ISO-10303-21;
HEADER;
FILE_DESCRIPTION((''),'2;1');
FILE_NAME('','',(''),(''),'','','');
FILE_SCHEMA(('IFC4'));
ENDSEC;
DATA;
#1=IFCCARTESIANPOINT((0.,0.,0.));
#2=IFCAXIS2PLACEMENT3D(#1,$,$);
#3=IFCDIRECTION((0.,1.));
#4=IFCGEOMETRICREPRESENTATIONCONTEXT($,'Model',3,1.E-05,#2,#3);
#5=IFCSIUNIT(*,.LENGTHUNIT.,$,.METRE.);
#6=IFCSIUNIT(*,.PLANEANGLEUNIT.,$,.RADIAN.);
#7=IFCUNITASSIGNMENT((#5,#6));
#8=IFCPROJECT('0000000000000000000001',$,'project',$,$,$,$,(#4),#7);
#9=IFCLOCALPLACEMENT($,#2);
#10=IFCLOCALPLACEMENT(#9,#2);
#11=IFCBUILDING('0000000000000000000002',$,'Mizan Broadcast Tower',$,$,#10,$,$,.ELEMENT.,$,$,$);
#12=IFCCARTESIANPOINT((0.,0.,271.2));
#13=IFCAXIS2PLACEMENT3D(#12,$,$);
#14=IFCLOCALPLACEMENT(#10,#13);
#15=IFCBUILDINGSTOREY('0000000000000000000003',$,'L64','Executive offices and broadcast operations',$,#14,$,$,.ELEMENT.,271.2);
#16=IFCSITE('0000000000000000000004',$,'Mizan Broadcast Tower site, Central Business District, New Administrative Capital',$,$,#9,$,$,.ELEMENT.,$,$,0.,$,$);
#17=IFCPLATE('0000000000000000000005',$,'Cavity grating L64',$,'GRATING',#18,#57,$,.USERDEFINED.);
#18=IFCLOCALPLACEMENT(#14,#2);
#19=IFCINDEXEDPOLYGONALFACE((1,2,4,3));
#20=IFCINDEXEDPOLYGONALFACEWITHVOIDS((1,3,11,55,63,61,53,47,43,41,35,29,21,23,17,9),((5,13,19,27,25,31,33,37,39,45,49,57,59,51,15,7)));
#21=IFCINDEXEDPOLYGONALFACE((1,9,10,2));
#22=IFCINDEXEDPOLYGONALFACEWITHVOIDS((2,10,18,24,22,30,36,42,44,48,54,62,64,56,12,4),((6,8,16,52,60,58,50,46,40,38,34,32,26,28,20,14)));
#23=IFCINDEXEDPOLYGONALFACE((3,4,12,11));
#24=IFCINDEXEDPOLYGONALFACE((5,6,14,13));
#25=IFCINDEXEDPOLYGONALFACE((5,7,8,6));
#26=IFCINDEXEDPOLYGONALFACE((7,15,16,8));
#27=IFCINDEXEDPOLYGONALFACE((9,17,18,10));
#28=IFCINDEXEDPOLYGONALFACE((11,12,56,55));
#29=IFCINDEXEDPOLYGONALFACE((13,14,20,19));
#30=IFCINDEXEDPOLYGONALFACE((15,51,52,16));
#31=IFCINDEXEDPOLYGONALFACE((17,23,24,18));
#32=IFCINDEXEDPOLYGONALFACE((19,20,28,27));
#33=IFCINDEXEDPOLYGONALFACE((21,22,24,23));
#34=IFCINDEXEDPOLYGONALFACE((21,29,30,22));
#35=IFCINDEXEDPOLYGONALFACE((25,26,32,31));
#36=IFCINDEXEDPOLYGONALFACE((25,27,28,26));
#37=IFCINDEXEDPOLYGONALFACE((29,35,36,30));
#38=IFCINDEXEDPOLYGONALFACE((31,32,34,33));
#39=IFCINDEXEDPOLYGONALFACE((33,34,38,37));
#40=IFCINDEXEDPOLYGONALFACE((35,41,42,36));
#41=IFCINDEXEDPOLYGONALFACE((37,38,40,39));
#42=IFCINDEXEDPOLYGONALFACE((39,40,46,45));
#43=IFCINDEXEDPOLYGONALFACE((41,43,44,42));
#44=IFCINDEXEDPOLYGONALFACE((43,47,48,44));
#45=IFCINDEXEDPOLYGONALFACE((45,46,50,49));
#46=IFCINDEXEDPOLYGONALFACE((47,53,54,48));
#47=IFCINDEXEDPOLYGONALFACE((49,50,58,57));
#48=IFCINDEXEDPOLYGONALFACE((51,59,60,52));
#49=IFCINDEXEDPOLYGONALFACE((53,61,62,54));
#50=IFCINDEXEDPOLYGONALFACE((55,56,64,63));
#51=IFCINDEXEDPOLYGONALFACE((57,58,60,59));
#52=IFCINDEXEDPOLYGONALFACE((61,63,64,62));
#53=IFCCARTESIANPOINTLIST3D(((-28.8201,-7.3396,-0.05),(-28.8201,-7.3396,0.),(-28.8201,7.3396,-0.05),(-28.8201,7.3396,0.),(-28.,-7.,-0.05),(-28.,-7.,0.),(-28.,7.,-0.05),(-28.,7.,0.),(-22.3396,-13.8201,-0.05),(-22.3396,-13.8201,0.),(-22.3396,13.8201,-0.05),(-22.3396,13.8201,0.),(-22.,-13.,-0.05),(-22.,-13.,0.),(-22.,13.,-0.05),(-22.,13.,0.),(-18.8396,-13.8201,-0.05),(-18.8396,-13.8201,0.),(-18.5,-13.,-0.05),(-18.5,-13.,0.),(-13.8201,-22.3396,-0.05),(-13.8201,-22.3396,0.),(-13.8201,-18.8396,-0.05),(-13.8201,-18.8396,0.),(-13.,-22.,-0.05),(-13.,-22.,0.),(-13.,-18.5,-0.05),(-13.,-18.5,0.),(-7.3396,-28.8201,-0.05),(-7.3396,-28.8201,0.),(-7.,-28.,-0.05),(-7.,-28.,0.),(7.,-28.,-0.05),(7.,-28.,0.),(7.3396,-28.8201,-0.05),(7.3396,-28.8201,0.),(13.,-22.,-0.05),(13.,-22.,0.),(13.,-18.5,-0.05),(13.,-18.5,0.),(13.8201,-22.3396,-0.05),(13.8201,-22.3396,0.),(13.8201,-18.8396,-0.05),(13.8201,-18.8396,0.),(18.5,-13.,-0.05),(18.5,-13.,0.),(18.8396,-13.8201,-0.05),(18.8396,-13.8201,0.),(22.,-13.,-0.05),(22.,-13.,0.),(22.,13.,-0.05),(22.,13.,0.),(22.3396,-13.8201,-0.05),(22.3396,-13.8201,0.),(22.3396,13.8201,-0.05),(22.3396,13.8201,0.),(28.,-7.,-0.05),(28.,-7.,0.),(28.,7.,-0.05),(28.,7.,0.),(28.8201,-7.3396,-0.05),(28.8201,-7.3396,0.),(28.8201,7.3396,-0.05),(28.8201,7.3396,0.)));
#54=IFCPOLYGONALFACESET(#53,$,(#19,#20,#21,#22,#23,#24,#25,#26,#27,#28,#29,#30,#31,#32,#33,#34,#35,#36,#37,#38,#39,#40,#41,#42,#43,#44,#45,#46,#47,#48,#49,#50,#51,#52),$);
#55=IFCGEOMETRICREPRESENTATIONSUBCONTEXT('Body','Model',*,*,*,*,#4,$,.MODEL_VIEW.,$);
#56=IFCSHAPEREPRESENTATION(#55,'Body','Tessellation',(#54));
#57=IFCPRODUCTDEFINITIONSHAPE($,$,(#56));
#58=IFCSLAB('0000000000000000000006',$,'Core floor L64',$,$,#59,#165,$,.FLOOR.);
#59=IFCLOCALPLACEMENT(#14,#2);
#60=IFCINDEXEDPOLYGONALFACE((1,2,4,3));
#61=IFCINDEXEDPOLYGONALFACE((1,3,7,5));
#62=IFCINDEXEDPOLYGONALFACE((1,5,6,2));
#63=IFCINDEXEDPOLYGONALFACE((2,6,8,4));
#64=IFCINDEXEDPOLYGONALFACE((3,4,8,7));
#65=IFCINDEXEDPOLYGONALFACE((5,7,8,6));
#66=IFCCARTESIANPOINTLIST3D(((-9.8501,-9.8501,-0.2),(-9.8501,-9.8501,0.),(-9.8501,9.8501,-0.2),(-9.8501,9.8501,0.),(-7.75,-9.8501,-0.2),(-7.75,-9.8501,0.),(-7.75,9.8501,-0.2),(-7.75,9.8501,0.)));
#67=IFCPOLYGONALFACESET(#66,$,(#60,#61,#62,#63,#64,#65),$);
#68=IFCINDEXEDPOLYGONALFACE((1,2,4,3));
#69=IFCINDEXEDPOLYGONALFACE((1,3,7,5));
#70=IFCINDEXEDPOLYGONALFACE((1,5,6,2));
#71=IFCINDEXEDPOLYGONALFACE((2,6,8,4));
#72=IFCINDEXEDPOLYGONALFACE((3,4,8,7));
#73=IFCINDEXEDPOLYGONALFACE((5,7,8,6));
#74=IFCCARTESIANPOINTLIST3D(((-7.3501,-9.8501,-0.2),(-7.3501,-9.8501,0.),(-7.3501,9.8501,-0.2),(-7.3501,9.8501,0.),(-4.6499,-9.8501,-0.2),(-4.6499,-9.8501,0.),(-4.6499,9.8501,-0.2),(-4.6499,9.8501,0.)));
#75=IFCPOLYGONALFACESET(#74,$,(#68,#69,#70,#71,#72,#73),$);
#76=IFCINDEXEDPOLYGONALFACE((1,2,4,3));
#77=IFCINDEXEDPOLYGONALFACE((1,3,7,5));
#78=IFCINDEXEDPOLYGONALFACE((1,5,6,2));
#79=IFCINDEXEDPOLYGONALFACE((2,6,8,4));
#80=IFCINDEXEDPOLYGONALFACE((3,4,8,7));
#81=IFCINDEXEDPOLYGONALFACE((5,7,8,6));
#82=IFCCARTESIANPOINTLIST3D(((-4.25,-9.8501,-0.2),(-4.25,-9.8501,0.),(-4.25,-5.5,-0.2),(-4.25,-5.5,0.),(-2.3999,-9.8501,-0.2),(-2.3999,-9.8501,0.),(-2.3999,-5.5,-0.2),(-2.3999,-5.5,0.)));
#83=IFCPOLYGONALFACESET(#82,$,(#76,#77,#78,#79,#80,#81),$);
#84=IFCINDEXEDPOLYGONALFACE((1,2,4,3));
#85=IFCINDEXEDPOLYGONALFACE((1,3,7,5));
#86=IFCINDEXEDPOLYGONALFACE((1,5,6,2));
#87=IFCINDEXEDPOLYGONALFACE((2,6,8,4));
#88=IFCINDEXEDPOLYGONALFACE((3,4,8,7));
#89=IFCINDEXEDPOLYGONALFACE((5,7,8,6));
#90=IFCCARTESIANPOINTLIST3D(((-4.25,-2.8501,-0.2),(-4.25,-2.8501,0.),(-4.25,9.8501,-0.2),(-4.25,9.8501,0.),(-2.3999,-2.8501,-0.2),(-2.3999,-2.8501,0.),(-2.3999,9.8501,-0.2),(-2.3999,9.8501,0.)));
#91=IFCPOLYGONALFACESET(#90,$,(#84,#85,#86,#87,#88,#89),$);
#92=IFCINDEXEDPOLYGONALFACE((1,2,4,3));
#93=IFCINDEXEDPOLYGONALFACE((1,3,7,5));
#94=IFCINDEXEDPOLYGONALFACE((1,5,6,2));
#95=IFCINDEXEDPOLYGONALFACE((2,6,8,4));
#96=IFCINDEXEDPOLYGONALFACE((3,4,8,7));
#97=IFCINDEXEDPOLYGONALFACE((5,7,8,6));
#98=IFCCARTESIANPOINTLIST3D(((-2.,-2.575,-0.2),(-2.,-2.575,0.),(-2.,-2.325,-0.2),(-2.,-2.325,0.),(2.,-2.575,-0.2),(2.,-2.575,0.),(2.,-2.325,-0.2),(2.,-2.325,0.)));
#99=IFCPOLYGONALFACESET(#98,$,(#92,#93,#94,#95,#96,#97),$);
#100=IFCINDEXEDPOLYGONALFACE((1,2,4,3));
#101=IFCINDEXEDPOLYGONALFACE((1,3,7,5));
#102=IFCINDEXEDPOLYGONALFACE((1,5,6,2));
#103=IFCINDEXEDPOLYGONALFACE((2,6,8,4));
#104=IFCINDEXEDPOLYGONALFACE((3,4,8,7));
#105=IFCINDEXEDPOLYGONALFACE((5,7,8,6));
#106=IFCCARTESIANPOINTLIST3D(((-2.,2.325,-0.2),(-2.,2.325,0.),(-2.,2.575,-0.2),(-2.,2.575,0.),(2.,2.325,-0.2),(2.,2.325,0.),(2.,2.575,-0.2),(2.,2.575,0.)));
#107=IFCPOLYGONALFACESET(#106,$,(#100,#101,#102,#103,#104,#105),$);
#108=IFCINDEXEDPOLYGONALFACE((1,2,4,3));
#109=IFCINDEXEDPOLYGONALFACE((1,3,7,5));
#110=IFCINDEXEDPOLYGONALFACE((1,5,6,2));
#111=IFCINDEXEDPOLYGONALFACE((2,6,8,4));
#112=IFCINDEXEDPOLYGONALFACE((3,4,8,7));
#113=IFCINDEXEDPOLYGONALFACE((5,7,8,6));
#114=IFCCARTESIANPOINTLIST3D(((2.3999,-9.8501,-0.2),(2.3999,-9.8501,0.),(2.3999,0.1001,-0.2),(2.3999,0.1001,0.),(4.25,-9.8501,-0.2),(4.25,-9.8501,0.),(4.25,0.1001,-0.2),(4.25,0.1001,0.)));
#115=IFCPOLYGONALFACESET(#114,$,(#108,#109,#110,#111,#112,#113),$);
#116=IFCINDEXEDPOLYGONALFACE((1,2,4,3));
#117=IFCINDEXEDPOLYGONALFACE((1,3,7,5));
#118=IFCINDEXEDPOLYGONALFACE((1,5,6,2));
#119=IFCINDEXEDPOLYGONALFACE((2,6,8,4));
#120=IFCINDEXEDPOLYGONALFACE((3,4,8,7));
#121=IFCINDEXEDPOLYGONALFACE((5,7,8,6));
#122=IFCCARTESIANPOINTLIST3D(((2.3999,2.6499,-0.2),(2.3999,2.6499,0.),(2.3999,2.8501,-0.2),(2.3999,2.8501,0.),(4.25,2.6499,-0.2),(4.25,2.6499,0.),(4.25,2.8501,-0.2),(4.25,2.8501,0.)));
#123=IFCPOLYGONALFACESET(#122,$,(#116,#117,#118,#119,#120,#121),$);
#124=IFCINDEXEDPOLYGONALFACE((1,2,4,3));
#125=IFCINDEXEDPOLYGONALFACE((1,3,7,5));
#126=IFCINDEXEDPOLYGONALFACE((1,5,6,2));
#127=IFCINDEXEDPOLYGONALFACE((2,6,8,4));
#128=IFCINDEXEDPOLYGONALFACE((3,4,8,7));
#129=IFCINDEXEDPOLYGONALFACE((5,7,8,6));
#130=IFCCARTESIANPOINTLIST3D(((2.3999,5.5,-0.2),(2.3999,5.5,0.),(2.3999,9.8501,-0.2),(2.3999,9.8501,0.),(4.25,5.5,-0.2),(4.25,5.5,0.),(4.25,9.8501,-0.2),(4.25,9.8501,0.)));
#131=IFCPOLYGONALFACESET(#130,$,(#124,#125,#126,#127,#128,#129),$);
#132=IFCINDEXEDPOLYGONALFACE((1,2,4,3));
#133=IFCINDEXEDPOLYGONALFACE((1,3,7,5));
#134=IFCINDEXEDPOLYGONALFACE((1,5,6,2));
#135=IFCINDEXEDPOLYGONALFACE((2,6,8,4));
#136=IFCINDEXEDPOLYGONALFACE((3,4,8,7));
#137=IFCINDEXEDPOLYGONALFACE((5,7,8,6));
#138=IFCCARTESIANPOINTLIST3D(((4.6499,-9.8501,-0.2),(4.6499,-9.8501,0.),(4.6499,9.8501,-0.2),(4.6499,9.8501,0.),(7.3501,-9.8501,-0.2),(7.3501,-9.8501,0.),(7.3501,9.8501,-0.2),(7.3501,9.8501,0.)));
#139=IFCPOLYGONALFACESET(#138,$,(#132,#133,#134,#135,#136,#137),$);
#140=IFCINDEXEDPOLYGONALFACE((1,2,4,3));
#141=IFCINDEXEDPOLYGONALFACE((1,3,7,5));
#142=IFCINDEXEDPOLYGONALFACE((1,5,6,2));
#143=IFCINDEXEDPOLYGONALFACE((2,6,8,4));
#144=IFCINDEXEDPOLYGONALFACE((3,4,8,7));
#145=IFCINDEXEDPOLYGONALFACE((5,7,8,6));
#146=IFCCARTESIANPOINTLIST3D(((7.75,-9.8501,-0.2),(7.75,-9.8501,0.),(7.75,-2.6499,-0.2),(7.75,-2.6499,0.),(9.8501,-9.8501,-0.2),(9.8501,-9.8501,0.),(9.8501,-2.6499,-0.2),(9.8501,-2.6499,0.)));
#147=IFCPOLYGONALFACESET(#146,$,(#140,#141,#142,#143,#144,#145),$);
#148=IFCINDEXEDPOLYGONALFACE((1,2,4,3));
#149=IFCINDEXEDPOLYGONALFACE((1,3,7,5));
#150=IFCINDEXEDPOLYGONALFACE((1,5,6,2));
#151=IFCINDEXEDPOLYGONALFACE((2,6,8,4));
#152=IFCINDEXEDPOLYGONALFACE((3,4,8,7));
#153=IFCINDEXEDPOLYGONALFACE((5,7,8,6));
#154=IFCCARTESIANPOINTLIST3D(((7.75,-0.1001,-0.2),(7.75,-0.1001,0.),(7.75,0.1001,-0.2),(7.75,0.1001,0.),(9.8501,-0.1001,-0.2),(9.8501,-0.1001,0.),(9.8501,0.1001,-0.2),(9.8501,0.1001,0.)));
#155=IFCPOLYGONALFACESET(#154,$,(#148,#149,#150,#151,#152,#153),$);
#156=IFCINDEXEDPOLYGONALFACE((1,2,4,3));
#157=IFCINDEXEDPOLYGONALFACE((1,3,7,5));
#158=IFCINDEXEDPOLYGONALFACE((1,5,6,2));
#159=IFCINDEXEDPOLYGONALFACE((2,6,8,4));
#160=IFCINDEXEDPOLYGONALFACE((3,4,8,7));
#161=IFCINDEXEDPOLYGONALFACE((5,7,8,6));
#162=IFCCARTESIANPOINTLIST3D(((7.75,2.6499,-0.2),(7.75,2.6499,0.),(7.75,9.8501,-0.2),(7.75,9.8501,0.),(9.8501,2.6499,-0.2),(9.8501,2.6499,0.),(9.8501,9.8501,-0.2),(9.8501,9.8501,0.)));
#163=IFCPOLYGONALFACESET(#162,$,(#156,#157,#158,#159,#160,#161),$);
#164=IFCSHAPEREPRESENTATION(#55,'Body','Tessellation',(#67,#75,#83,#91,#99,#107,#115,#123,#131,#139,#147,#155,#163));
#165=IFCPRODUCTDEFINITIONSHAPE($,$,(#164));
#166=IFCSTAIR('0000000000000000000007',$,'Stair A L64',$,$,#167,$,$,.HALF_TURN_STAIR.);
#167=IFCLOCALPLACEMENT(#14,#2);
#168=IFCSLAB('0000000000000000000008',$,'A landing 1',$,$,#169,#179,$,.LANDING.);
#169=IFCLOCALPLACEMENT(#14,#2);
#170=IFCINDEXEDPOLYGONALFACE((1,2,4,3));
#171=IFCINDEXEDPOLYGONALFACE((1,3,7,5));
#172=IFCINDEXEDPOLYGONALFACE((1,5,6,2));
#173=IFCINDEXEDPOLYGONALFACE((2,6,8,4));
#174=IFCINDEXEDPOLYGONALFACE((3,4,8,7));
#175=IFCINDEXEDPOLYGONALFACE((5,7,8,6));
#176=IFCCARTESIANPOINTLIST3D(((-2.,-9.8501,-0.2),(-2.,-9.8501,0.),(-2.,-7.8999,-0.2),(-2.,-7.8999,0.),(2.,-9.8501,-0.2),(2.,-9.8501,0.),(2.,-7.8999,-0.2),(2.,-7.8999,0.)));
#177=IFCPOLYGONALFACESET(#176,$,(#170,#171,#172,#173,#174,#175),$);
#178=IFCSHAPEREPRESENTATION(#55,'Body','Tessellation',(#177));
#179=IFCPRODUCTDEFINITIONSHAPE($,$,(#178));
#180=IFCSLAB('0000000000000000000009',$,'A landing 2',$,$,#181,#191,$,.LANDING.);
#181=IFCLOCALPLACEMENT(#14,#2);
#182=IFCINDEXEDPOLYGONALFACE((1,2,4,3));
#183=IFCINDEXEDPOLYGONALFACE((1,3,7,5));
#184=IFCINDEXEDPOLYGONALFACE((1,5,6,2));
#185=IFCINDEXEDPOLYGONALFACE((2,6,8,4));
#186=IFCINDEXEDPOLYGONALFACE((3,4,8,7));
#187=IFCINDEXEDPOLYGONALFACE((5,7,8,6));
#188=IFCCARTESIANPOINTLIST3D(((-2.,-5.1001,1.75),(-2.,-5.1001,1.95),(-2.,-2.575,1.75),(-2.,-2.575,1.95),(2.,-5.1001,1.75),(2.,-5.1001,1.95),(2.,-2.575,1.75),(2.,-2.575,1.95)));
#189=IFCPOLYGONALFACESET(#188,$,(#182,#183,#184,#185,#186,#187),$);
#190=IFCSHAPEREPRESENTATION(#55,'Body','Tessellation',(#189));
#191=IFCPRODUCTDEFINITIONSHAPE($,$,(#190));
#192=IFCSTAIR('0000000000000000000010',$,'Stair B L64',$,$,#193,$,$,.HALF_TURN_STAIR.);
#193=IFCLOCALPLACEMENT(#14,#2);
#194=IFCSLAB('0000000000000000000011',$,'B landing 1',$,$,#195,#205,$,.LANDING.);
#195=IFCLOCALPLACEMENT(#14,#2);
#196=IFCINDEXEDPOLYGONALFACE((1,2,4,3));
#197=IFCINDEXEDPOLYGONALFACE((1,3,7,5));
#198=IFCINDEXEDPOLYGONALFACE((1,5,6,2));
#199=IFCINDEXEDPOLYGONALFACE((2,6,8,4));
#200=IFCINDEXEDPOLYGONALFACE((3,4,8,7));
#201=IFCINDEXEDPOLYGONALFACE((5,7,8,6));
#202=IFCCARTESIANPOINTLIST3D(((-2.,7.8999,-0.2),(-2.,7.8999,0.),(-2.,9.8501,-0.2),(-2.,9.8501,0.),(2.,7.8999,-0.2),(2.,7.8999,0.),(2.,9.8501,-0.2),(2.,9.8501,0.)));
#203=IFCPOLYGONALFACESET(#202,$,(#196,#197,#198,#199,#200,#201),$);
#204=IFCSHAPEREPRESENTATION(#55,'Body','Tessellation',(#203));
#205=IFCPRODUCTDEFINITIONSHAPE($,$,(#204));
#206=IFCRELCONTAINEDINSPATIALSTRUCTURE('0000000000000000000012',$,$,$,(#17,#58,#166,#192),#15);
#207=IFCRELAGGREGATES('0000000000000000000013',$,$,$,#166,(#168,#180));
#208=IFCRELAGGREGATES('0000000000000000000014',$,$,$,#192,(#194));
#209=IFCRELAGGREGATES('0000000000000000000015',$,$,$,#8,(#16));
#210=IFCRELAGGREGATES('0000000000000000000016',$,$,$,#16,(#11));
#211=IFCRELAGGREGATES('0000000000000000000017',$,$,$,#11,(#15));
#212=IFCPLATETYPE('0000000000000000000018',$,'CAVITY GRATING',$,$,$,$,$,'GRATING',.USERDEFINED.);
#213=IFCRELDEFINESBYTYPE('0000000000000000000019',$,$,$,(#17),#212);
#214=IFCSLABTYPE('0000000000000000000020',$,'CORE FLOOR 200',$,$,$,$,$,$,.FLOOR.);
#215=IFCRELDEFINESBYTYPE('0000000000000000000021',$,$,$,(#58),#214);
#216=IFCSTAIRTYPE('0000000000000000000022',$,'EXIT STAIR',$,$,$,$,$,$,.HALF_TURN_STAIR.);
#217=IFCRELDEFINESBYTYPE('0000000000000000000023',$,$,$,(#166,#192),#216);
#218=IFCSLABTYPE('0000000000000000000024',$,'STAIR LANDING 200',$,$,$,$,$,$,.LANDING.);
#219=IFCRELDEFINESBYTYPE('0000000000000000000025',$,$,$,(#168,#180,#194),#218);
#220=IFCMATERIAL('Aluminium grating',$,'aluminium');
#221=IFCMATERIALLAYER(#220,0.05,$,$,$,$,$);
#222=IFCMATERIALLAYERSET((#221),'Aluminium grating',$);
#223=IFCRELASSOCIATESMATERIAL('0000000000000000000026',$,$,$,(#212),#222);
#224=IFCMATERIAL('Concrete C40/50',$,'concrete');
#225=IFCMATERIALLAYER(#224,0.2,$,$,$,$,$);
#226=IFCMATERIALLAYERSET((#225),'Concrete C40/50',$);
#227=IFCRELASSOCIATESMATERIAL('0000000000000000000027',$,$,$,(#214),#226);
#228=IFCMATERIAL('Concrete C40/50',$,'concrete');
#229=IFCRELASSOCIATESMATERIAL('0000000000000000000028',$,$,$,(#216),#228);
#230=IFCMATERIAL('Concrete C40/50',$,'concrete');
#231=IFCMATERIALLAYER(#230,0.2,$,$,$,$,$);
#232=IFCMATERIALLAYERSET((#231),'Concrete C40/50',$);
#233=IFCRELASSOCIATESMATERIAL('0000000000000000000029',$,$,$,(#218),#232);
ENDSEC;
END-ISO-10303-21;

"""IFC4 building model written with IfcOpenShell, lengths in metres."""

from ifc_helpers import new_model, si_unit, direction, frame, origin, place, context, subcontext, project, spatial, polyline, outline, extrude, material, layer, layer_set, type_object, element, aggregate, save


model = new_model("IFC4")

# Units and contexts
model_context = context("Model", 3, precision=1e-05, world=origin(), true_north=direction((0.0, 1.0)))
body_context = subcontext(model_context, "Body", "Model", "MODEL_VIEW")
ifc_project = project(units=[si_unit("LENGTHUNIT", "METRE"), si_unit("PLANEANGLEUNIT", "RADIAN")], contexts=[model_context])

# Site, building, storey
site_placement = place(None, origin())
site = spatial("IfcSite", under=ifc_project, at=site_placement, Name="Mizan Broadcast Tower site, Central Business District, New Administrative Capital", CompositionType="ELEMENT", RefElevation=0.0)
building_placement = place(site_placement, origin())
building = spatial("IfcBuilding", under=site, at=building_placement, Name="Mizan Broadcast Tower", CompositionType="ELEMENT")
storey_placement = place(building_placement, frame((0.0, 0.0, 271.2)))
storey = spatial("IfcBuildingStorey", under=building, at=storey_placement, Name="L64", Description="Executive offices and broadcast operations", CompositionType="ELEMENT", Elevation=271.2)

# Plate
ifc_material_1 = material(Name="Aluminium grating", Category="aluminium")
ifc_layer_1 = layer(ifc_material_1, 0.05)
ifc_layer_set_1 = layer_set([ifc_layer_1], Name="Aluminium grating")
plate_type = type_object("IfcPlateType", Name="CAVITY GRATING", ElementType="GRATING", PredefinedType="USERDEFINED", material=ifc_layer_set_1)
plate_placement = place(storey_placement, frame((0.0, 0.0, -0.05)))
element("IfcPlate", 1, at=plate_placement, inside=storey, type_object=plate_type, Name="Cavity grating L64", ObjectType="GRATING", PredefinedType="USERDEFINED", context=body_context, shape_type="SweptSolid", body=[
    extrude(outline(polyline([(-22.3396, 13.8201), (-28.8201, 7.3396), (-28.8201, -7.3396), (-22.3396, -13.8201), (-18.8396, -13.8201), (-13.8201, -18.8396), (-13.8201, -22.3396), (-7.3396, -28.8201), (7.3396, -28.8201), (13.8201, -22.3396), (13.8201, -18.8396), (18.8396, -13.8201), (22.3396, -13.8201), (28.8201, -7.3396), (28.8201, 7.3396), (22.3396, 13.8201), (-22.3396, 13.8201)]), holes=[polyline([(-18.5, -13.0), (-22.0, -13.0), (-28.0, -7.0), (-28.0, 7.0), (-22.0, 13.0), (22.0, 13.0), (28.0, 7.0), (28.0, -7.0), (22.0, -13.0), (18.5, -13.0), (13.0, -18.5), (13.0, -22.0), (7.0, -28.0), (-7.0, -28.0), (-13.0, -22.0), (-13.0, -18.5), (-18.5, -13.0)])]), origin(), (0.0, 0.0, 1.0), 0.05),
])

# Slab
ifc_material_2 = material(Name="Concrete C40/50", Category="concrete")
ifc_layer_2 = layer(ifc_material_2, 0.2)
ifc_layer_set_2 = layer_set([ifc_layer_2], Name="Concrete C40/50")
slab_type_1 = type_object("IfcSlabType", Name="CORE FLOOR 200", PredefinedType="FLOOR", material=ifc_layer_set_2)
slab_1_placement = place(storey_placement, frame((0.0, 0.0, -0.2)))
element("IfcSlab", 2, at=slab_1_placement, inside=storey, type_object=slab_type_1, Name="Core floor L64", PredefinedType="FLOOR", context=body_context, shape_type="SweptSolid", body=[
    extrude(outline(polyline([(-9.8501, -9.8501), (-7.75, -9.8501), (-7.75, 9.8501), (-9.8501, 9.8501), (-9.8501, -9.8501)])), origin(), (0.0, 0.0, 1.0), 0.2),
    extrude(outline(polyline([(-4.6499, 9.8501), (-7.3501, 9.8501), (-7.3501, -9.8501), (-4.6499, -9.8501), (-4.6499, 9.8501)])), origin(), (0.0, 0.0, 1.0), 0.2),
    extrude(outline(polyline([(-4.25, -5.5), (-4.25, -9.8501), (-2.3999, -9.8501), (-2.3999, -5.5), (-4.25, -5.5)])), origin(), (0.0, 0.0, 1.0), 0.2),
    extrude(outline(polyline([(-4.25, -2.8501), (-2.3999, -2.8501), (-2.3999, 9.8501), (-4.25, 9.8501), (-4.25, -2.8501)])), origin(), (0.0, 0.0, 1.0), 0.2),
    extrude(outline(polyline([(2.0, -2.325), (-2.0, -2.325), (-2.0, -2.575), (2.0, -2.575), (2.0, -2.325)])), origin(), (0.0, 0.0, 1.0), 0.2),
    extrude(outline(polyline([(2.0, 2.575), (-2.0, 2.575), (-2.0, 2.325), (2.0, 2.325), (2.0, 2.575)])), origin(), (0.0, 0.0, 1.0), 0.2),
    extrude(outline(polyline([(4.25, -9.8501), (4.25, 0.1001), (2.3999, 0.1001), (2.3999, -9.8501), (4.25, -9.8501)])), origin(), (0.0, 0.0, 1.0), 0.2),
    extrude(outline(polyline([(4.25, 2.6499), (4.25, 2.8501), (2.3999, 2.8501), (2.3999, 2.6499), (4.25, 2.6499)])), origin(), (0.0, 0.0, 1.0), 0.2),
    extrude(outline(polyline([(4.25, 5.5), (4.25, 9.8501), (2.3999, 9.8501), (2.3999, 5.5), (4.25, 5.5)])), origin(), (0.0, 0.0, 1.0), 0.2),
    extrude(outline(polyline([(4.6499, 9.8501), (4.6499, -9.8501), (7.3501, -9.8501), (7.3501, 9.8501), (4.6499, 9.8501)])), origin(), (0.0, 0.0, 1.0), 0.2),
    extrude(outline(polyline([(9.8501, -9.8501), (9.8501, -2.6499), (7.75, -2.6499), (7.75, -9.8501), (9.8501, -9.8501)])), origin(), (0.0, 0.0, 1.0), 0.2),
    extrude(outline(polyline([(9.8501, -0.1001), (9.8501, 0.1001), (7.75, 0.1001), (7.75, -0.1001), (9.8501, -0.1001)])), origin(), (0.0, 0.0, 1.0), 0.2),
    extrude(outline(polyline([(7.75, 9.8501), (7.75, 2.6499), (9.8501, 2.6499), (9.8501, 9.8501), (7.75, 9.8501)])), origin(), (0.0, 0.0, 1.0), 0.2),
])

# Stairs, slabs
ifc_material_3 = material(Name="Concrete C40/50", Category="concrete")
stair_type = type_object("IfcStairType", Name="EXIT STAIR", PredefinedType="HALF_TURN_STAIR", material=ifc_material_3)
stair_1_placement = place(storey_placement, origin())
stair_1 = element("IfcStair", 3, at=stair_1_placement, inside=storey, type_object=stair_type, Name="Stair A L64", PredefinedType="HALF_TURN_STAIR")
ifc_material_4 = material(Name="Concrete C40/50", Category="concrete")
ifc_layer_3 = layer(ifc_material_4, 0.2)
ifc_layer_set_3 = layer_set([ifc_layer_3], Name="Concrete C40/50")
slab_type_2 = type_object("IfcSlabType", Name="STAIR LANDING 200", PredefinedType="LANDING", material=ifc_layer_set_3)
slab_2_placement = place(storey_placement, frame((0.0, 0.0, -0.2)))
slab_2 = element("IfcSlab", 4, at=slab_2_placement, type_object=slab_type_2, Name="A landing 1", PredefinedType="LANDING", context=body_context, shape_type="SweptSolid", body=[
    extrude(outline(polyline([(-2.0, -9.8501), (-2.0, -7.8999), (2.0, -7.8999), (2.0, -9.8501), (-2.0, -9.8501)])), origin(), (0.0, 0.0, 1.0), 0.2),
])
slab_3_placement = place(storey_placement, frame((0.0, 0.0, 1.75)))
slab_3 = element("IfcSlab", 5, at=slab_3_placement, type_object=slab_type_2, Name="A landing 2", PredefinedType="LANDING", context=body_context, shape_type="SweptSolid", body=[
    extrude(outline(polyline([(-2.0, -5.1001), (-2.0, -2.575), (2.0, -2.575), (2.0, -5.1001), (-2.0, -5.1001)])), origin(), (0.0, 0.0, 1.0), 0.2),
])
aggregate(stair_1, [slab_2, slab_3])
stair_2_placement = place(storey_placement, origin())
stair_2 = element("IfcStair", 6, at=stair_2_placement, inside=storey, type_object=stair_type, Name="Stair B L64", PredefinedType="HALF_TURN_STAIR")
slab_4_placement = place(storey_placement, frame((0.0, 0.0, -0.2)))
slab_4 = element("IfcSlab", 7, at=slab_4_placement, type_object=slab_type_2, Name="B landing 1", PredefinedType="LANDING", context=body_context, shape_type="SweptSolid", body=[
    extrude(outline(polyline([(2.0, 9.8501), (2.0, 7.8999), (-2.0, 7.8999), (-2.0, 9.8501), (2.0, 9.8501)])), origin(), (0.0, 0.0, 1.0), 0.2),
])

aggregate(stair_2, [slab_4])

save(model, "model.ifc")
